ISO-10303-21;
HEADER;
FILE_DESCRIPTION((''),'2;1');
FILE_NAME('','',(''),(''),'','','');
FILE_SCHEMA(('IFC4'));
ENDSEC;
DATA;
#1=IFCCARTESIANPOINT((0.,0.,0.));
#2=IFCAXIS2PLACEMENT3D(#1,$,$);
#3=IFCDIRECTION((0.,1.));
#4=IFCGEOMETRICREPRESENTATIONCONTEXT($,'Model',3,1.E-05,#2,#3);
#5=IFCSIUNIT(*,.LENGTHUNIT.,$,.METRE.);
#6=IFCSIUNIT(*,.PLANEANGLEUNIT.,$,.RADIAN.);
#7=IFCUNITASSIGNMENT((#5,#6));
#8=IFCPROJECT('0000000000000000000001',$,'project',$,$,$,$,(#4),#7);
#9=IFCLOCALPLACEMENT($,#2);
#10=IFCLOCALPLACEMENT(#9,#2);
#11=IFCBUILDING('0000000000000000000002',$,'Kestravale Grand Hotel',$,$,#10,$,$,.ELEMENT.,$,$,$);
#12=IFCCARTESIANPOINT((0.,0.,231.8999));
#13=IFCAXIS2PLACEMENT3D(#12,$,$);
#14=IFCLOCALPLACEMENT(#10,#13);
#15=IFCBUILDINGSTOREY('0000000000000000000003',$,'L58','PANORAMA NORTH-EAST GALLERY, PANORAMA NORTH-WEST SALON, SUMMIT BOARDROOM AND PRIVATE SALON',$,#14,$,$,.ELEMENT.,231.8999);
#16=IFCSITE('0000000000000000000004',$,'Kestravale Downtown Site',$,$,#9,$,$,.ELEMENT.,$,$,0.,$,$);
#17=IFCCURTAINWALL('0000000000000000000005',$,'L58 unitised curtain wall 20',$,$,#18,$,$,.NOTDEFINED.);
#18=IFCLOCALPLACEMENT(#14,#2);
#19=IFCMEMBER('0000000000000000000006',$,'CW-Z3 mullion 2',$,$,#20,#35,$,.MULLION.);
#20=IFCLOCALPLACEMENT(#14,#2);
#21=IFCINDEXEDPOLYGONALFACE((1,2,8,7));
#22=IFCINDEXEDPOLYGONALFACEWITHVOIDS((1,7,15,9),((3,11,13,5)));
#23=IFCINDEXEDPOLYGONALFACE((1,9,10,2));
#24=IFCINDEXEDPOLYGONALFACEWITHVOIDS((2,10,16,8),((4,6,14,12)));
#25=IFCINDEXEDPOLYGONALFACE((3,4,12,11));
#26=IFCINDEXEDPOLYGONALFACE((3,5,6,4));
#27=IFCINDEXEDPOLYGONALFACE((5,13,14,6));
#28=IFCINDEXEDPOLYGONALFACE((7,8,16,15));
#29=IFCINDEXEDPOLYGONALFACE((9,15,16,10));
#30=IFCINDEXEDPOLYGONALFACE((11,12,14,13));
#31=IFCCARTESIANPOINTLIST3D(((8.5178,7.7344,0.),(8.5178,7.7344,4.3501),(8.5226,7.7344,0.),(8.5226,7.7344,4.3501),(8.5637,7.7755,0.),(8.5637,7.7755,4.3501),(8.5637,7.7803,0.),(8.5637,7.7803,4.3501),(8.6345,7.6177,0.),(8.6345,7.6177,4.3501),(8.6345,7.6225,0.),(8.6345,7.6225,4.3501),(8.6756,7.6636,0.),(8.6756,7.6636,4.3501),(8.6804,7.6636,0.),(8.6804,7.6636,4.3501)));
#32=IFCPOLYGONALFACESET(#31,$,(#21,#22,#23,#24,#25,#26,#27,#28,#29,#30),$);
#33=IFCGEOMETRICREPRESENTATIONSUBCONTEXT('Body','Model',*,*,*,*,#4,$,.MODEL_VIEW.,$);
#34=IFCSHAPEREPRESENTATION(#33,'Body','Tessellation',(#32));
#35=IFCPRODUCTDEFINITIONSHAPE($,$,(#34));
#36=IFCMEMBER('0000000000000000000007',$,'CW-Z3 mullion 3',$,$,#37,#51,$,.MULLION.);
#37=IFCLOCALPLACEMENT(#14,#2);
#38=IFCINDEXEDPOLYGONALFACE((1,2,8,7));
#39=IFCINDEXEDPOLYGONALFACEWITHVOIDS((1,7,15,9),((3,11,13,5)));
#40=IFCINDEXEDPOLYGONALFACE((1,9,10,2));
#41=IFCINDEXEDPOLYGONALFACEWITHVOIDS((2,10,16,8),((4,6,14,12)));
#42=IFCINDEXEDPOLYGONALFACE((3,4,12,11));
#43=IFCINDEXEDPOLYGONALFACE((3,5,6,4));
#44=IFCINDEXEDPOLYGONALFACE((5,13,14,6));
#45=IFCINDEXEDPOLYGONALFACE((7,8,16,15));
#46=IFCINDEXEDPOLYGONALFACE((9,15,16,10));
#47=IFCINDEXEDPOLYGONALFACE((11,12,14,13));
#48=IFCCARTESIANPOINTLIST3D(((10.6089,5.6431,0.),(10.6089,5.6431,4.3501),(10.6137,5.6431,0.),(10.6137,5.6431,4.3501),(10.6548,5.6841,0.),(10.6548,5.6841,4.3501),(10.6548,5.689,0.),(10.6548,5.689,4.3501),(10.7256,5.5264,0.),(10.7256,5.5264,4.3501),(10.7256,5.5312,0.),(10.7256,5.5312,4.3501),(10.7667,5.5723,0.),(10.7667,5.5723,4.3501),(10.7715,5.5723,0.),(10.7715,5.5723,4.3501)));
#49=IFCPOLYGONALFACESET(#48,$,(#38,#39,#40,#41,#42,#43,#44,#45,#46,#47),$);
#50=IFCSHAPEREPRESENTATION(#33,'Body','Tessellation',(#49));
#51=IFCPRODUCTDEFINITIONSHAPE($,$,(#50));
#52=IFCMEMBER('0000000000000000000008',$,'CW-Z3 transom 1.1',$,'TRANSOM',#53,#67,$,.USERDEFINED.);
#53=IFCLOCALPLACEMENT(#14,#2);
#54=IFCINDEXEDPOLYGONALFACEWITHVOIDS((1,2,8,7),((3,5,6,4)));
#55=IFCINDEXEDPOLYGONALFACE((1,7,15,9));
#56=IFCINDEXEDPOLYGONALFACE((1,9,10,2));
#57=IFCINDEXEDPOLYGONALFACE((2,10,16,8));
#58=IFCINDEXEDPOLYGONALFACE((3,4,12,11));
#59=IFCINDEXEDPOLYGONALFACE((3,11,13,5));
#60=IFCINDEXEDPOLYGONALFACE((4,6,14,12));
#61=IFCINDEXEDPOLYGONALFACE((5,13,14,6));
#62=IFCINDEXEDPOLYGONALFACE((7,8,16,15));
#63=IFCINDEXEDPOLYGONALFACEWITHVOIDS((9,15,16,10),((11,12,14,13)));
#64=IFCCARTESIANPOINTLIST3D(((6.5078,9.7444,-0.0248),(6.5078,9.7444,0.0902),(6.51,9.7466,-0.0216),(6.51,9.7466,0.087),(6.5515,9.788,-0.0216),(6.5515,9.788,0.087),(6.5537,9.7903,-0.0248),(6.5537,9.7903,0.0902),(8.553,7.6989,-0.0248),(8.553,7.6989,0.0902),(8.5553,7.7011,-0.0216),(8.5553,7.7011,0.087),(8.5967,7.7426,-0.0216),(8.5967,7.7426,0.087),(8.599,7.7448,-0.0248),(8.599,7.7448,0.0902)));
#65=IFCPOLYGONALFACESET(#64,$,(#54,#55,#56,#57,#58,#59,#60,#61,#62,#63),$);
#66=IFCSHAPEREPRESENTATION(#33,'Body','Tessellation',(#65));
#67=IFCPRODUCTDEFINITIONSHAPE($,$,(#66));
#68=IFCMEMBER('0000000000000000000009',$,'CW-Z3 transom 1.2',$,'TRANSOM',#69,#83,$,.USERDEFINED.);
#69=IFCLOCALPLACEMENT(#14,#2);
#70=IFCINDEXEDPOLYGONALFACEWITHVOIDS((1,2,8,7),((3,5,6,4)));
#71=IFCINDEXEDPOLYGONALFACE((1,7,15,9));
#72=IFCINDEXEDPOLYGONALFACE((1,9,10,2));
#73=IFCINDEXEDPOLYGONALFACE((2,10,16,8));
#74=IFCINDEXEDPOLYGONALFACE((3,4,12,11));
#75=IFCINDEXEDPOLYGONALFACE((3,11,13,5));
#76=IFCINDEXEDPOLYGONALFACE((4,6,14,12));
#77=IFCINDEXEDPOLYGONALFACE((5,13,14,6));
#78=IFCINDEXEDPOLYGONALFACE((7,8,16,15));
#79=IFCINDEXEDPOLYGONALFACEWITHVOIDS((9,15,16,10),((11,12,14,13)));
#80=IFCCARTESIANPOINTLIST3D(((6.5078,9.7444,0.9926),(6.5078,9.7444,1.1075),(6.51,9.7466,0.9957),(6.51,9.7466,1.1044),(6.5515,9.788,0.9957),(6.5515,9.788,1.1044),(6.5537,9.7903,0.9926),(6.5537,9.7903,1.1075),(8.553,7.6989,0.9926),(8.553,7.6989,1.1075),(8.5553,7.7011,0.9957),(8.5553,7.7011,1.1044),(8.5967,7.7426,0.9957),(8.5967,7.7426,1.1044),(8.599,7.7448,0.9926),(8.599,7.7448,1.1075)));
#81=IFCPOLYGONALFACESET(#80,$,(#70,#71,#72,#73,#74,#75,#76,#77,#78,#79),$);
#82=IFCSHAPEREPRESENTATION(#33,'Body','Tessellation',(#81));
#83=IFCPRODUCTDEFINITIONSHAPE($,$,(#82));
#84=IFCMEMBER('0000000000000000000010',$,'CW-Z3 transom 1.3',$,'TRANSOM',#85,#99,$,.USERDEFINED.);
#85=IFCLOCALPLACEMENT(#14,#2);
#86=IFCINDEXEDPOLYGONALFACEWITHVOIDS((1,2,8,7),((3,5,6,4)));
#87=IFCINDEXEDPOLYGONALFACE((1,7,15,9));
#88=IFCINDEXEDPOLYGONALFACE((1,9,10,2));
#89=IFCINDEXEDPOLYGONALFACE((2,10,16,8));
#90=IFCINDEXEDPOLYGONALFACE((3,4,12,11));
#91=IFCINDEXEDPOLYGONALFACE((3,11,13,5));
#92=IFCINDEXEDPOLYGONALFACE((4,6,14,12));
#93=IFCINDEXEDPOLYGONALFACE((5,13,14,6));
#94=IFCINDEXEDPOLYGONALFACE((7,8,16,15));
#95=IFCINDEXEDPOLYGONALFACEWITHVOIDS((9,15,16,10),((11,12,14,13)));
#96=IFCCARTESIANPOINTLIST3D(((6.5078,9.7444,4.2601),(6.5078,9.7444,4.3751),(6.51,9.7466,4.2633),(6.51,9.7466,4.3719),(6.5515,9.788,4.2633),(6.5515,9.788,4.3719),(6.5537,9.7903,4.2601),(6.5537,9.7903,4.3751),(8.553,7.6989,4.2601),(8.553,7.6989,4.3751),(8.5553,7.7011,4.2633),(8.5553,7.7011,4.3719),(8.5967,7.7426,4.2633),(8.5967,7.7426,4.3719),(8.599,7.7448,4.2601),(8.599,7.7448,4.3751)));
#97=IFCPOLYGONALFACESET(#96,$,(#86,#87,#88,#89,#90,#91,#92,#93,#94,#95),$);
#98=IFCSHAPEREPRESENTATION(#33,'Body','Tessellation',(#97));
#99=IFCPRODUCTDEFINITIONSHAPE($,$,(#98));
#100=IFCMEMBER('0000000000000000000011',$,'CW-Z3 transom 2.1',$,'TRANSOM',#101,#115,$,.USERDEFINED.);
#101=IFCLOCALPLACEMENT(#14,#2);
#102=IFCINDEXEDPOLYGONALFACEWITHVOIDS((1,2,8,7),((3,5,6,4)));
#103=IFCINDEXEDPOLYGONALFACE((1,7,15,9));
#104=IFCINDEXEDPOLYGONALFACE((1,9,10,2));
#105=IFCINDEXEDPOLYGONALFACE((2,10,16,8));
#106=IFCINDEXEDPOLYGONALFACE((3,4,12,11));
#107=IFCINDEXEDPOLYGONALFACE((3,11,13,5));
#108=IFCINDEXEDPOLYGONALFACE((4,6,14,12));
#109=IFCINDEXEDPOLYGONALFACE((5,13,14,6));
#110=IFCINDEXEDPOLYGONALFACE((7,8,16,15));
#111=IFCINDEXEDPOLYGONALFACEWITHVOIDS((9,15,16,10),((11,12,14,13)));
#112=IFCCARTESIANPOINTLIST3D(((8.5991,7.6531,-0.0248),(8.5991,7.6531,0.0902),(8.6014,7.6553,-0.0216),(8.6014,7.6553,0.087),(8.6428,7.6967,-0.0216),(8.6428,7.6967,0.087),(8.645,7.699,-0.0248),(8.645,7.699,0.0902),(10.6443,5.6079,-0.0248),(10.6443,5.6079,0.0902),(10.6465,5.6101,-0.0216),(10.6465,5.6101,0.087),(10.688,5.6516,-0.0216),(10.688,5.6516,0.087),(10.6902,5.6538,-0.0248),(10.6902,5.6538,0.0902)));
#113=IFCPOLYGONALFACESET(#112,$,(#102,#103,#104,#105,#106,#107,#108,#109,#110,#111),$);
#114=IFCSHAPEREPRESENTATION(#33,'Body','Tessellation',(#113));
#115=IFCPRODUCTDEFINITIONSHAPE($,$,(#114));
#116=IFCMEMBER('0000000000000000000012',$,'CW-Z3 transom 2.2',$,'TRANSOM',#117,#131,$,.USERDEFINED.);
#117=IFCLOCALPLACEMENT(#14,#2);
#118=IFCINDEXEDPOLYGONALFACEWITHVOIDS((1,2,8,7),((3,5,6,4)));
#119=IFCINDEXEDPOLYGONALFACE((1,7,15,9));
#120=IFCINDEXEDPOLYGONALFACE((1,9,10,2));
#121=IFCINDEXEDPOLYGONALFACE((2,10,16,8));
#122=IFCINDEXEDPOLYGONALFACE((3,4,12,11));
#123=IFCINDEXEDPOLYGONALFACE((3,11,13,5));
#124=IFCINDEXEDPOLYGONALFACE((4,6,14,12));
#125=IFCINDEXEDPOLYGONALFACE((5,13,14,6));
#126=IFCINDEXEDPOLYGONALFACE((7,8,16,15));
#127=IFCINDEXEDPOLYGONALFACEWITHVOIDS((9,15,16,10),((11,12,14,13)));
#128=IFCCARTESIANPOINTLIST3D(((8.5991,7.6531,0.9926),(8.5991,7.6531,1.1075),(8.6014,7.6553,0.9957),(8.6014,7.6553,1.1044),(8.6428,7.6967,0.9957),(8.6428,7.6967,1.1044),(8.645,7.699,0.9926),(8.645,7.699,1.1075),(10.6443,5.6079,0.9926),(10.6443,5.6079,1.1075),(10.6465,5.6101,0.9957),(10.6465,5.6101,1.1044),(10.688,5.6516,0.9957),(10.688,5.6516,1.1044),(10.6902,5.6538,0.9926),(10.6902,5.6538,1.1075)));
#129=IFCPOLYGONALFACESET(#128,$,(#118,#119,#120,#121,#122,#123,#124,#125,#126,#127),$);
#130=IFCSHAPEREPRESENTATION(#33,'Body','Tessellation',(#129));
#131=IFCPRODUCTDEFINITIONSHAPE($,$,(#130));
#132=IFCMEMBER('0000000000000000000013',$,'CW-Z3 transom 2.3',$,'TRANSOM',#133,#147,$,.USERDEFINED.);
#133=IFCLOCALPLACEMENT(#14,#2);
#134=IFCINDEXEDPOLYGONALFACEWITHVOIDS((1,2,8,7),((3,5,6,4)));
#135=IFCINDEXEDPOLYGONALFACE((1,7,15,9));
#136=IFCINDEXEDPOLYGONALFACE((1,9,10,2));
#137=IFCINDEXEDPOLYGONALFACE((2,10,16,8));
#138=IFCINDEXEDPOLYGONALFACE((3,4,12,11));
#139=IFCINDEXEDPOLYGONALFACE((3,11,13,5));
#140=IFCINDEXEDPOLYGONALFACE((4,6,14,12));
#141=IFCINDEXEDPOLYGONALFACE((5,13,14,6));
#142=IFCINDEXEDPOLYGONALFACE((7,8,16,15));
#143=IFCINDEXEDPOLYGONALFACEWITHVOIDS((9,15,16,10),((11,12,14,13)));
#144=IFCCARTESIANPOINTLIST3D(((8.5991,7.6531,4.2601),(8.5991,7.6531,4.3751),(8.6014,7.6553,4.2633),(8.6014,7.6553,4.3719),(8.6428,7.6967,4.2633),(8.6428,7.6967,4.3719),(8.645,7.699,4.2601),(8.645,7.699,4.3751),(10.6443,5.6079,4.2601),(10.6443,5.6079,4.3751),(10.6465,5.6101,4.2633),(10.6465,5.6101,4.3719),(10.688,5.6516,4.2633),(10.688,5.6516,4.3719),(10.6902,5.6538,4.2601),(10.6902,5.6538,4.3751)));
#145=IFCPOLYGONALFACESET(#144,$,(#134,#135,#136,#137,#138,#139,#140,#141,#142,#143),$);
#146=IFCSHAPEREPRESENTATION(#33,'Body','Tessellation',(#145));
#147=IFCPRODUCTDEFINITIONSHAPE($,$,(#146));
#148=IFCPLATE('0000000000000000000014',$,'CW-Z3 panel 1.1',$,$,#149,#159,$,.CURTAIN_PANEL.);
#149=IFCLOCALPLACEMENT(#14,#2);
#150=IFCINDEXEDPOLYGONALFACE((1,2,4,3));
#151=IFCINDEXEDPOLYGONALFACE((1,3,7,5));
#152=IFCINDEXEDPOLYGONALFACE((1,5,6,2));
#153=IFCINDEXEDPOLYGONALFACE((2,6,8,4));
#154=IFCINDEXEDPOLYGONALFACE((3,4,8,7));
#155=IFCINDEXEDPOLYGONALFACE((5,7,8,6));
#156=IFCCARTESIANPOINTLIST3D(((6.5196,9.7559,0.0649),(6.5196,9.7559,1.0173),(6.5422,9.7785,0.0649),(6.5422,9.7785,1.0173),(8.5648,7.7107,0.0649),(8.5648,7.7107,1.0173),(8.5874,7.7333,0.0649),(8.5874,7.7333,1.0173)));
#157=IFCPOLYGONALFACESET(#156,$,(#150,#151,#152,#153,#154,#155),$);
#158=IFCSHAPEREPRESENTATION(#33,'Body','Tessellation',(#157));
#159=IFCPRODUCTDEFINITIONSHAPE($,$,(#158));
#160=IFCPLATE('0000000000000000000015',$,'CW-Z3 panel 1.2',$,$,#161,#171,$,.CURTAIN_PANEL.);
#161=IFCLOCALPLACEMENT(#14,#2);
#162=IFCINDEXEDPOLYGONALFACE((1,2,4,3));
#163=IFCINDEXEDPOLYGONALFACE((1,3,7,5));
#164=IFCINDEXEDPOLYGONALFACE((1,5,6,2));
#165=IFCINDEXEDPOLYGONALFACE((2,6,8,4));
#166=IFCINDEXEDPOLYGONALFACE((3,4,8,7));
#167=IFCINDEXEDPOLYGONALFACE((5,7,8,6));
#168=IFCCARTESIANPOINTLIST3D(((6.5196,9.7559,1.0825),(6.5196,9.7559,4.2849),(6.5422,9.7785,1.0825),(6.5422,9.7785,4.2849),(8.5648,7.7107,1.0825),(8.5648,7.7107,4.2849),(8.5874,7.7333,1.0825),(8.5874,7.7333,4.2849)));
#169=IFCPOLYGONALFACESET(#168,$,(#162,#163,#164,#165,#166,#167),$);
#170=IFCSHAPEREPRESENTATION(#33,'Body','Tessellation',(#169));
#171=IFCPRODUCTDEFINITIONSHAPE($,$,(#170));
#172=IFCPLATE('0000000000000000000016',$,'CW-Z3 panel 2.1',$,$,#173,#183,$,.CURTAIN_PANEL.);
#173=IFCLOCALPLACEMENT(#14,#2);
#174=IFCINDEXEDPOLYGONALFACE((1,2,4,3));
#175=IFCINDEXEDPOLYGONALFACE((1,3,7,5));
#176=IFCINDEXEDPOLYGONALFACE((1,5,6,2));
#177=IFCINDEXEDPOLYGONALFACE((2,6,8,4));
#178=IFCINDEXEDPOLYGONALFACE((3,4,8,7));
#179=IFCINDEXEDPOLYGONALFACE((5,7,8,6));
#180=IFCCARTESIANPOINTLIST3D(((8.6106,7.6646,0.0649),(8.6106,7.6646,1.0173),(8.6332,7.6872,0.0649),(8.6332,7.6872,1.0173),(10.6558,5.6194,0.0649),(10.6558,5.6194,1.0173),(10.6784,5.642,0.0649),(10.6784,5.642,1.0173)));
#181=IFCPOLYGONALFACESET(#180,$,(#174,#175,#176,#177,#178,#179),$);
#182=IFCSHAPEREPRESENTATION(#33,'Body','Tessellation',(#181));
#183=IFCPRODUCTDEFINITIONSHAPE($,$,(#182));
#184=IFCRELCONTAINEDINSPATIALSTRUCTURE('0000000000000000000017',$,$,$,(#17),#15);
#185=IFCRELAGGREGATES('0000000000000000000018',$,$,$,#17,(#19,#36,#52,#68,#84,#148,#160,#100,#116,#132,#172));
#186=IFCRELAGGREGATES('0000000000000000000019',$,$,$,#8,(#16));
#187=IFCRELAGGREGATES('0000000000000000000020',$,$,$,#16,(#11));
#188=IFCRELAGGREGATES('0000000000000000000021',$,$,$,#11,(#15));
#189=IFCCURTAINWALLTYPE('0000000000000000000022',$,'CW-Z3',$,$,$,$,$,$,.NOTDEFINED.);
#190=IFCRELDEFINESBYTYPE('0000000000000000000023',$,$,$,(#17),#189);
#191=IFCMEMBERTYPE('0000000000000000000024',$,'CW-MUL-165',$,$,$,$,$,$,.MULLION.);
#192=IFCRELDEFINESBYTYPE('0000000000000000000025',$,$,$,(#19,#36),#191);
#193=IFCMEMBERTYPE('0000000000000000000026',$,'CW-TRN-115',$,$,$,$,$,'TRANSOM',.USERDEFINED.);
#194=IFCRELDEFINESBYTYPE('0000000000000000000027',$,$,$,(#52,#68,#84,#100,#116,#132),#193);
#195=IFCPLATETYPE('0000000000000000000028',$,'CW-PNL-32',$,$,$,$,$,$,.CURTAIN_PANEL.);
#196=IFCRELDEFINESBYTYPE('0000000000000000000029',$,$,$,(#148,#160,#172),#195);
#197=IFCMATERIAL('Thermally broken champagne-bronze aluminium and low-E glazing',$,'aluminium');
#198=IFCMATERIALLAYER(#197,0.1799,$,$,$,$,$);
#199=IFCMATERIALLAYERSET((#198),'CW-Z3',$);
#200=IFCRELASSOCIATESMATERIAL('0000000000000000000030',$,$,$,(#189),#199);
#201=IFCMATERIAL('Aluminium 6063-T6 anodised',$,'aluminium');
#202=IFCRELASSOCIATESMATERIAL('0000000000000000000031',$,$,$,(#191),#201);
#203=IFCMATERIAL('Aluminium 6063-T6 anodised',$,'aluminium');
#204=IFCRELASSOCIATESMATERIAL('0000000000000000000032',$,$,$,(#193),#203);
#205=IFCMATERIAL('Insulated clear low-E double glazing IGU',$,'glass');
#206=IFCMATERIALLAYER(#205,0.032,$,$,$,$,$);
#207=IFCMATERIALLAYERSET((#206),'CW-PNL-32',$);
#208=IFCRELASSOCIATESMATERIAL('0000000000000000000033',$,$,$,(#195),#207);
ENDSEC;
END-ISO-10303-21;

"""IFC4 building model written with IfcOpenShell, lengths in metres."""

from ifc_helpers import new_model, si_unit, direction, frame, origin, origin_2d, place, context, subcontext, project, spatial, rectangle, hollow_rectangle, extrude, material, layer, layer_set, material_profile, profile_set, type_object, element, aggregate, save


model = new_model("IFC4")

# Units and contexts
model_context = context("Model", 3, precision=1e-05, world=origin(), true_north=direction((0.0, 1.0)))
body_context = subcontext(model_context, "Body", "Model", "MODEL_VIEW")
ifc_project = project(units=[si_unit("LENGTHUNIT", "METRE"), si_unit("PLANEANGLEUNIT", "RADIAN")], contexts=[model_context])

# Site, building, storey
site_placement = place(None, origin())
site = spatial("IfcSite", under=ifc_project, at=site_placement, Name="Kestravale Downtown Site", CompositionType="ELEMENT", RefElevation=0.0)
building_placement = place(site_placement, origin())
building = spatial("IfcBuilding", under=site, at=building_placement, Name="Kestravale Grand Hotel", CompositionType="ELEMENT")
storey_placement = place(building_placement, frame((0.0, 0.0, 231.8999)))
storey = spatial("IfcBuildingStorey", under=building, at=storey_placement, Name="L58", Description="PANORAMA NORTH-EAST GALLERY, PANORAMA NORTH-WEST SALON, SUMMIT BOARDROOM AND PRIVATE SALON", CompositionType="ELEMENT", Elevation=231.8999)

# Curtain wall, members, plates
ifc_material_1 = material(Name="Thermally broken champagne-bronze aluminium and low-E glazing", Category="aluminium")
ifc_layer_1 = layer(ifc_material_1, 0.1799)
ifc_layer_set_1 = layer_set([ifc_layer_1], Name="CW-Z3")
curtain_wall_type = type_object("IfcCurtainWallType", Name="CW-Z3", PredefinedType="NOTDEFINED", material=ifc_layer_set_1)
curtain_wall_placement = place(storey_placement, origin())
curtain_wall = element("IfcCurtainWall", 1, at=curtain_wall_placement, inside=storey, type_object=curtain_wall_type, Name="L58 unitised curtain wall 20", PredefinedType="NOTDEFINED")
ifc_material_2 = material(Name="Aluminium 6063-T6 anodised", Category="aluminium")
ifc_material_profile_1 = material_profile(ifc_material_2, hollow_rectangle(XDim=0.0649, YDim=0.165, WallThickness=0.0034, at=origin_2d()))
ifc_profile_set_1 = profile_set([ifc_material_profile_1], Name="Aluminium 6063-T6 anodised")
member_type_1 = type_object("IfcMemberType", Name="CW-MUL-165", PredefinedType="MULLION", material=ifc_profile_set_1)
member_1_placement = place(storey_placement, frame((8.5991, 7.699, 0.0), z_axis=(0.0, 0.0, 1.0), x_axis=(0.707107, 0.707107, 0.0)))
member_1 = element("IfcMember", 2, at=member_1_placement, type_object=member_type_1, Name="CW-Z3 mullion 2", PredefinedType="MULLION", context=body_context, shape_type="SweptSolid", body=[
    extrude(hollow_rectangle(XDim=0.0649, YDim=0.165, WallThickness=0.0034, at=origin_2d()), origin(), (0.0, 0.0, 1.0), 4.3501),
])
member_2_placement = place(storey_placement, frame((10.6902, 5.6077, 0.0), z_axis=(0.0, 0.0, 1.0), x_axis=(0.707107, 0.707107, 0.0)))
member_2 = element("IfcMember", 3, at=member_2_placement, type_object=member_type_1, Name="CW-Z3 mullion 3", PredefinedType="MULLION", context=body_context, shape_type="SweptSolid", body=[
    extrude(hollow_rectangle(XDim=0.0649, YDim=0.165, WallThickness=0.0034, at=origin_2d()), origin(), (0.0, 0.0, 1.0), 4.3501),
])
ifc_material_3 = material(Name="Aluminium 6063-T6 anodised", Category="aluminium")
ifc_material_profile_2 = material_profile(ifc_material_3, hollow_rectangle(XDim=0.0649, YDim=0.115, WallThickness=0.0032, at=origin_2d()))
ifc_profile_set_2 = profile_set([ifc_material_profile_2], Name="Aluminium 6063-T6 anodised")
member_type_2 = type_object("IfcMemberType", Name="CW-TRN-115", ElementType="TRANSOM", PredefinedType="USERDEFINED", material=ifc_profile_set_2)
member_3_placement = place(storey_placement, frame((6.5308, 9.7673, 0.0327), z_axis=(0.707065, -0.707149, 0.0), x_axis=(0.707149, 0.707065, 0.0)))
member_3 = element("IfcMember", 4, at=member_3_placement, type_object=member_type_2, Name="CW-Z3 transom 1.1", ObjectType="TRANSOM", PredefinedType="USERDEFINED", context=body_context, shape_type="SweptSolid", body=[
    extrude(hollow_rectangle(XDim=0.0649, YDim=0.115, WallThickness=0.0032, at=origin_2d()), origin(), (0.0, 0.0, 1.0), 2.8926),
])
member_4_placement = place(storey_placement, frame((6.5308, 9.7673, 1.05), z_axis=(0.707065, -0.707149, 0.0), x_axis=(0.707149, 0.707065, 0.0)))
member_4 = element("IfcMember", 5, at=member_4_placement, type_object=member_type_2, Name="CW-Z3 transom 1.2", ObjectType="TRANSOM", PredefinedType="USERDEFINED", context=body_context, shape_type="SweptSolid", body=[
    extrude(hollow_rectangle(XDim=0.0649, YDim=0.115, WallThickness=0.0032, at=origin_2d()), origin(), (0.0, 0.0, 1.0), 2.8926),
])
member_5_placement = place(storey_placement, frame((6.5308, 9.7673, 4.3176), z_axis=(0.707065, -0.707149, 0.0), x_axis=(0.707149, 0.707065, 0.0)))
member_5 = element("IfcMember", 6, at=member_5_placement, type_object=member_type_2, Name="CW-Z3 transom 1.3", ObjectType="TRANSOM", PredefinedType="USERDEFINED", context=body_context, shape_type="SweptSolid", body=[
    extrude(hollow_rectangle(XDim=0.0649, YDim=0.115, WallThickness=0.0032, at=origin_2d()), origin(), (0.0, 0.0, 1.0), 2.8926),
])
member_6_placement = place(storey_placement, frame((8.6221, 7.676, 0.0327), z_axis=(0.707107, -0.707107, 0.0), x_axis=(0.707107, 0.707107, 0.0)))
member_6 = element("IfcMember", 7, at=member_6_placement, type_object=member_type_2, Name="CW-Z3 transom 2.1", ObjectType="TRANSOM", PredefinedType="USERDEFINED", context=body_context, shape_type="SweptSolid", body=[
    extrude(hollow_rectangle(XDim=0.0649, YDim=0.115, WallThickness=0.0032, at=origin_2d()), origin(), (0.0, 0.0, 1.0), 2.8923),
])
member_7_placement = place(storey_placement, frame((8.6221, 7.676, 1.05), z_axis=(0.707107, -0.707107, 0.0), x_axis=(0.707107, 0.707107, 0.0)))
member_7 = element("IfcMember", 8, at=member_7_placement, type_object=member_type_2, Name="CW-Z3 transom 2.2", ObjectType="TRANSOM", PredefinedType="USERDEFINED", context=body_context, shape_type="SweptSolid", body=[
    extrude(hollow_rectangle(XDim=0.0649, YDim=0.115, WallThickness=0.0032, at=origin_2d()), origin(), (0.0, 0.0, 1.0), 2.8923),
])
member_8_placement = place(storey_placement, frame((8.6221, 7.676, 4.3176), z_axis=(0.707107, -0.707107, 0.0), x_axis=(0.707107, 0.707107, 0.0)))
member_8 = element("IfcMember", 9, at=member_8_placement, type_object=member_type_2, Name="CW-Z3 transom 2.3", ObjectType="TRANSOM", PredefinedType="USERDEFINED", context=body_context, shape_type="SweptSolid", body=[
    extrude(hollow_rectangle(XDim=0.0649, YDim=0.115, WallThickness=0.0032, at=origin_2d()), origin(), (0.0, 0.0, 1.0), 2.8923),
])
ifc_material_4 = material(Name="Insulated clear low-E double glazing IGU", Category="glass")
ifc_layer_2 = layer(ifc_material_4, 0.032)
ifc_layer_set_2 = layer_set([ifc_layer_2], Name="CW-PNL-32")
plate_type = type_object("IfcPlateType", Name="CW-PNL-32", PredefinedType="CURTAIN_PANEL", material=ifc_layer_set_2)
plate_1_placement = place(storey_placement, frame((7.5535, 8.7446, 0.0649), z_axis=(0.0, 0.0, 1.0), x_axis=(0.707107, -0.707107, 0.0)))
plate_1 = element("IfcPlate", 10, at=plate_1_placement, type_object=plate_type, Name="CW-Z3 panel 1.1", PredefinedType="CURTAIN_PANEL", context=body_context, shape_type="SweptSolid", body=[
    extrude(rectangle(XDim=2.8923, YDim=0.032, at=origin_2d()), origin(), (0.0, 0.0, 1.0), 0.9524),
])
plate_2_placement = place(storey_placement, frame((7.5535, 8.7446, 1.0825), z_axis=(0.0, 0.0, 1.0), x_axis=(0.707107, -0.707107, 0.0)))
plate_2 = element("IfcPlate", 11, at=plate_2_placement, type_object=plate_type, Name="CW-Z3 panel 1.2", PredefinedType="CURTAIN_PANEL", context=body_context, shape_type="SweptSolid", body=[
    extrude(rectangle(XDim=2.8923, YDim=0.032, at=origin_2d()), origin(), (0.0, 0.0, 1.0), 3.2024),
])
plate_3_placement = place(storey_placement, frame((9.6445, 6.6533, 0.0649), z_axis=(0.0, 0.0, 1.0), x_axis=(0.707107, -0.707107, 0.0)))
plate_3 = element("IfcPlate", 12, at=plate_3_placement, type_object=plate_type, Name="CW-Z3 panel 2.1", PredefinedType="CURTAIN_PANEL", context=body_context, shape_type="SweptSolid", body=[
    extrude(rectangle(XDim=2.8923, YDim=0.032, at=origin_2d()), origin(), (0.0, 0.0, 1.0), 0.9524),
])
aggregate(curtain_wall, [member_1, member_2, member_3, member_4, member_5, plate_1, plate_2, member_6, member_7, member_8, plate_3])

save(model, "model.ifc")
